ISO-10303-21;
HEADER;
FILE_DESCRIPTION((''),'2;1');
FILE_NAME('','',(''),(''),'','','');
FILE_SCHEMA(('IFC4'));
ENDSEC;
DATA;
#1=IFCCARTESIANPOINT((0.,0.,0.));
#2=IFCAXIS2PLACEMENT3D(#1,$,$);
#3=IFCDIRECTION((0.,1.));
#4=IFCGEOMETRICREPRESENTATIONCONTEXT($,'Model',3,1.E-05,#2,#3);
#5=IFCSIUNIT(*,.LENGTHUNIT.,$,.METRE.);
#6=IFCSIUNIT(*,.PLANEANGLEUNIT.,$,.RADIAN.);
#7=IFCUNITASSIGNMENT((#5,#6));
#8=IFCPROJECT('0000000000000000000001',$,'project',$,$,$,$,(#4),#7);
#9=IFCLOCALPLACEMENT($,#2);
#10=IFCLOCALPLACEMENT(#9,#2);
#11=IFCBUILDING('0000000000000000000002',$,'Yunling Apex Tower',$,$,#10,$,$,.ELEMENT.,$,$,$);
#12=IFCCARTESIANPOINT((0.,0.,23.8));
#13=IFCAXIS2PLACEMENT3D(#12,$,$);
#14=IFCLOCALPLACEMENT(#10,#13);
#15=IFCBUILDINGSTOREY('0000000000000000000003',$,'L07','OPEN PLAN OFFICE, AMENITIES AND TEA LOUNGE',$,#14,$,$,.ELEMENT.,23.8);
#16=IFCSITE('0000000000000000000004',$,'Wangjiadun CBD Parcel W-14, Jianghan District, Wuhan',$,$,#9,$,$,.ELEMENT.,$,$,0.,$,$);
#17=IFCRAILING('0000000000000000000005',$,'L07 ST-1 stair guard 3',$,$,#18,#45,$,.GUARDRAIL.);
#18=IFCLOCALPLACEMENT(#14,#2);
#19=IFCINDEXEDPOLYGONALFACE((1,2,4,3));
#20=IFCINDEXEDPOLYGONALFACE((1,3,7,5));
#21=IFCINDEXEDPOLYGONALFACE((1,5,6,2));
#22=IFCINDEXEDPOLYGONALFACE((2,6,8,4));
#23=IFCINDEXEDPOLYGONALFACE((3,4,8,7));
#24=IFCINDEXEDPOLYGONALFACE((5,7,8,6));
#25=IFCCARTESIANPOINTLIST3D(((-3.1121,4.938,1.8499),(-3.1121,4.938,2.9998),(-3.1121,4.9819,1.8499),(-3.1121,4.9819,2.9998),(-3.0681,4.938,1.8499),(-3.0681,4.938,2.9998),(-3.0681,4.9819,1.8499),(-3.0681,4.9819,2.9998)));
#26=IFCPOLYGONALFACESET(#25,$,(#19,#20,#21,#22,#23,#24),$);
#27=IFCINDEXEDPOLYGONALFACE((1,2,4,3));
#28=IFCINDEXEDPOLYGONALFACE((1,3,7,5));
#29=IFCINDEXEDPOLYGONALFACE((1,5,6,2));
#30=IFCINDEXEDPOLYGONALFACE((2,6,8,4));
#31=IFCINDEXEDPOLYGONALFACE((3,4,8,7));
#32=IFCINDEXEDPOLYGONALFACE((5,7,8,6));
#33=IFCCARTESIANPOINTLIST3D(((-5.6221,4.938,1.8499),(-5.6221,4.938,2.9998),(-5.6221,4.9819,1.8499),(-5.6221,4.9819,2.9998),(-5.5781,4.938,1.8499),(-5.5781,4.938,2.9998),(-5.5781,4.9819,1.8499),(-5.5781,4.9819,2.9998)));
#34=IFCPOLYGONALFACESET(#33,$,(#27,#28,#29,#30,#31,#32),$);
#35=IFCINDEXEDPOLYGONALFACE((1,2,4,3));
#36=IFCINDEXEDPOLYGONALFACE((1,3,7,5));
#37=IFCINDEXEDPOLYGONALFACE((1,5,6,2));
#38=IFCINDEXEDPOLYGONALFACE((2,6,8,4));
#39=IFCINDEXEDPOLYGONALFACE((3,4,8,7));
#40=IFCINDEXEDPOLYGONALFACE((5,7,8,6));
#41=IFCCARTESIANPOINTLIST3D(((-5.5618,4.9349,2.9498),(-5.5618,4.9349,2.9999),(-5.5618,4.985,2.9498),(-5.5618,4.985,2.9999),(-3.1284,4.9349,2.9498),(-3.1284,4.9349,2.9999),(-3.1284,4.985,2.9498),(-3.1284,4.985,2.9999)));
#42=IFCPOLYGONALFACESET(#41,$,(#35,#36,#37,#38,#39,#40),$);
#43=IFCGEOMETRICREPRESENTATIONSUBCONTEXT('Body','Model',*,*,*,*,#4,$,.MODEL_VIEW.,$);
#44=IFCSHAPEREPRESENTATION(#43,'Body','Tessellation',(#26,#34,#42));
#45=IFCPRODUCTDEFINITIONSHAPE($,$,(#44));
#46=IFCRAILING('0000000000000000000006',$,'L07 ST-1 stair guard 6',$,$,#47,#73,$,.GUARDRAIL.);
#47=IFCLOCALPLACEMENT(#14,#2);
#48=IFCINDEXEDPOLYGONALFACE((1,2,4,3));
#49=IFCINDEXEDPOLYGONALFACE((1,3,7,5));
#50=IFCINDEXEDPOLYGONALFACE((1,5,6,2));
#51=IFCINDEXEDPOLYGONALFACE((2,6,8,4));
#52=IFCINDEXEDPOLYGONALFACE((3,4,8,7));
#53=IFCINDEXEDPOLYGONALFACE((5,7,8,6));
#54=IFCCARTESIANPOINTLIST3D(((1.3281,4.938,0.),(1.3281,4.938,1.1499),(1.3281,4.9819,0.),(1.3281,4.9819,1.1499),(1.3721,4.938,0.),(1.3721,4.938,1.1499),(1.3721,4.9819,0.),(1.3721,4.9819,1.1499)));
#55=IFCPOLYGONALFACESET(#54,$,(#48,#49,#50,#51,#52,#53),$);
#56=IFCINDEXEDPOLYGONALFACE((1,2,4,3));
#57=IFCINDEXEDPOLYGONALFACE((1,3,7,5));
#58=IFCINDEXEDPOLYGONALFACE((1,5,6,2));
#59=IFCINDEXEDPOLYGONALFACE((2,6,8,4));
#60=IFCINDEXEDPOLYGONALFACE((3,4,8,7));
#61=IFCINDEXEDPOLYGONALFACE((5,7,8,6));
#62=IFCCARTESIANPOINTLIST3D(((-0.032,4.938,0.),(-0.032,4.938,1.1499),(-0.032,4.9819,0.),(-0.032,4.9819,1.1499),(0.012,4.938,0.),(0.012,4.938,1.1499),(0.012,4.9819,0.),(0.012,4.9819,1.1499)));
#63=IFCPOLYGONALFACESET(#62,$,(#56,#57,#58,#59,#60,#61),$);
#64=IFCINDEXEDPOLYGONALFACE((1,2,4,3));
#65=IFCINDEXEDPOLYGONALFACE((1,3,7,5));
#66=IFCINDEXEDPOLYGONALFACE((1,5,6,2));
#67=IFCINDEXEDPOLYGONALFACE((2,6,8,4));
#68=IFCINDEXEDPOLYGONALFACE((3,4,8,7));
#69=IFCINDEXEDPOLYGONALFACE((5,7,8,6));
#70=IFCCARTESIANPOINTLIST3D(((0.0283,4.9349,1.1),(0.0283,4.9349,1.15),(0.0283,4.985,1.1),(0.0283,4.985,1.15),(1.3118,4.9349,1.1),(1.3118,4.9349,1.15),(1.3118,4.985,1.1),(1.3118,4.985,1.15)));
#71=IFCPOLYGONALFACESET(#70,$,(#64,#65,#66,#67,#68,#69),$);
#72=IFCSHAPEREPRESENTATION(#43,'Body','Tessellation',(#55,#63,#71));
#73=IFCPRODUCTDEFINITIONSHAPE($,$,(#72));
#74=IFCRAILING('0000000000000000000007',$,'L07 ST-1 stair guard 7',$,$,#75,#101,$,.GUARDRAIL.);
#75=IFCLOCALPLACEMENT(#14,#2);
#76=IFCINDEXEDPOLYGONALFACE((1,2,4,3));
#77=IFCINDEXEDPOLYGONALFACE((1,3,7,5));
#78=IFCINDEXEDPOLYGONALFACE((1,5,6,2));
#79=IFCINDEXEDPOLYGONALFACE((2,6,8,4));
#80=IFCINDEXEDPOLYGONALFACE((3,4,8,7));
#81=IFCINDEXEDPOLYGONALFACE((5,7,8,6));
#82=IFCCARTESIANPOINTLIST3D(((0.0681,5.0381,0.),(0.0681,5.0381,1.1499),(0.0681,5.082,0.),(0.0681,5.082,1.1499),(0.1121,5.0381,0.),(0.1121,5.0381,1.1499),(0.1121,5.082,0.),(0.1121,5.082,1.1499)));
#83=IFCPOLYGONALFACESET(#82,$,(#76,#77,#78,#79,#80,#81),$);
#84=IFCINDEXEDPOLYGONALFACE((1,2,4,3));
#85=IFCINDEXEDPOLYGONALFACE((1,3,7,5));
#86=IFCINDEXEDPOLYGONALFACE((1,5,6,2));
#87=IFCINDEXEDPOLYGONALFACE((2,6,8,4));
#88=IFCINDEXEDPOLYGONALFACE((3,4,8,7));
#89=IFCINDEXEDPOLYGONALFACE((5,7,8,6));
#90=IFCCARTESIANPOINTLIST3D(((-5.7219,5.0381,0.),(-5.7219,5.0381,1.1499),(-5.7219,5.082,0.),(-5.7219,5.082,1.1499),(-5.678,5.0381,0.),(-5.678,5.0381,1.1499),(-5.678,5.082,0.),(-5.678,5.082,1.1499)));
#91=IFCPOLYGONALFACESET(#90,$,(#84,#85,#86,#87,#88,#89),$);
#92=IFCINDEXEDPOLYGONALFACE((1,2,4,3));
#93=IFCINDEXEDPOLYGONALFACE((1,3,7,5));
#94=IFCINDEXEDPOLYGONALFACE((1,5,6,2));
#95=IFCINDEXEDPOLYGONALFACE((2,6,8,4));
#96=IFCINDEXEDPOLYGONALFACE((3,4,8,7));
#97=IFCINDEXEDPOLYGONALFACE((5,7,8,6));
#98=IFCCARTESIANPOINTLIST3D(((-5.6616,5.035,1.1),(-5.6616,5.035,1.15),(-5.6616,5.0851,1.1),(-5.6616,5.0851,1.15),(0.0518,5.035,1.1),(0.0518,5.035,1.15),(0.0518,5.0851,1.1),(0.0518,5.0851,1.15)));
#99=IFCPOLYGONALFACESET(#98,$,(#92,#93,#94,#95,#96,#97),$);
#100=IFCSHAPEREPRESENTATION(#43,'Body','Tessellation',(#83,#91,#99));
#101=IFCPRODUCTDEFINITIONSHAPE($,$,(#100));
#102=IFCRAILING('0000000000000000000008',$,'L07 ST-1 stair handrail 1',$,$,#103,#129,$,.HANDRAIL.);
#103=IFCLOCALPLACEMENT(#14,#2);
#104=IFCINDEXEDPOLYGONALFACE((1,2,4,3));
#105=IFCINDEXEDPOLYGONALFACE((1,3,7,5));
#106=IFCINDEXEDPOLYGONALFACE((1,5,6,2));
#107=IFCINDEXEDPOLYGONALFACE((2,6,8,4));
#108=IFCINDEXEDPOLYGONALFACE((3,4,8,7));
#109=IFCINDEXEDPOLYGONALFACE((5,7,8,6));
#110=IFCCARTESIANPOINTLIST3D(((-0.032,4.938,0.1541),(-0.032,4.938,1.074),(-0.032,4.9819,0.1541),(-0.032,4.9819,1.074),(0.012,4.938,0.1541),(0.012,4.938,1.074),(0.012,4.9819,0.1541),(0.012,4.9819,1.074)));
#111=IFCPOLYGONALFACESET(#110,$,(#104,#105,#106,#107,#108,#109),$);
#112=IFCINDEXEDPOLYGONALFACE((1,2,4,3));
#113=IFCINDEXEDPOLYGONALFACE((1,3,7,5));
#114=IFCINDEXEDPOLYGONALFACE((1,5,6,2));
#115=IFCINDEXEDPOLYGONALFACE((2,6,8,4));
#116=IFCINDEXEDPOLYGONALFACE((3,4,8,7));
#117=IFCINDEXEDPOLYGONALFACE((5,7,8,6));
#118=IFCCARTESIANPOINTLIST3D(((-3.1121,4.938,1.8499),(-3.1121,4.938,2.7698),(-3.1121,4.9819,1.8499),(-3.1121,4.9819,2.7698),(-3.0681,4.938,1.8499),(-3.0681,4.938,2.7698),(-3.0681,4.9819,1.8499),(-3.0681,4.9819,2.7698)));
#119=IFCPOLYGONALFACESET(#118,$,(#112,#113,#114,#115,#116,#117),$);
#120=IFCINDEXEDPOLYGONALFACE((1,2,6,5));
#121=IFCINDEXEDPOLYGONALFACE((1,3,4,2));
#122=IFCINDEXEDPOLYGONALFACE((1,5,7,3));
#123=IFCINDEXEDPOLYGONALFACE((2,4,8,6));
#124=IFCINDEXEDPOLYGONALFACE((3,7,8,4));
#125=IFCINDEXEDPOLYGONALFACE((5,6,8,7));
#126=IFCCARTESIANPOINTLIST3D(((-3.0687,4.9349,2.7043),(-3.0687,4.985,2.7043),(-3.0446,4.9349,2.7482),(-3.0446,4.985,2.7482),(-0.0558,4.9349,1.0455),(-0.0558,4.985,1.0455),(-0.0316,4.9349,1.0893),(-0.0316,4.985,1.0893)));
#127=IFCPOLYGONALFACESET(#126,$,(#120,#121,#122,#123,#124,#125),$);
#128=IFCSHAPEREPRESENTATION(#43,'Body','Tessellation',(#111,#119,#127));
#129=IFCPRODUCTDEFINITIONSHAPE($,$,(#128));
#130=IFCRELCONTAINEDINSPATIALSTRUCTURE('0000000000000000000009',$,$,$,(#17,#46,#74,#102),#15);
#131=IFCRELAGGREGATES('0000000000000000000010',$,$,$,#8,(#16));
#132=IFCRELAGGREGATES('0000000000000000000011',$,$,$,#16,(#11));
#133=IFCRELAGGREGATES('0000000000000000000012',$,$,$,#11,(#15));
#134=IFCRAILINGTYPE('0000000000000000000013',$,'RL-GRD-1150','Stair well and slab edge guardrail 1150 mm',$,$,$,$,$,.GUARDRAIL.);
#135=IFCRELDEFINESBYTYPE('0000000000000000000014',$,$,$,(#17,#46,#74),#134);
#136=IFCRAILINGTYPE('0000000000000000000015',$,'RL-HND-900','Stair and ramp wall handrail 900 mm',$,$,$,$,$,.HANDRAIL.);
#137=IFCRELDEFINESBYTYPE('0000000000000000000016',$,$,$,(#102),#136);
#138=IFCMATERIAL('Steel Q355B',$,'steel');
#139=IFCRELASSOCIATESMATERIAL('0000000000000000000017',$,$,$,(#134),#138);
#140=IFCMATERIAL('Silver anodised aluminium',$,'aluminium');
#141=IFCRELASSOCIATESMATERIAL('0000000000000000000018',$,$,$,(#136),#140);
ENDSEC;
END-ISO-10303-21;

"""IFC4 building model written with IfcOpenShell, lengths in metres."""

from ifc_helpers import new_model, si_unit, direction, frame, origin, origin_2d, place, context, subcontext, project, spatial, rectangle, extrude, material, type_object, element, save


model = new_model("IFC4")

# Units and contexts
model_context = context("Model", 3, precision=1e-05, world=origin(), true_north=direction((0.0, 1.0)))
body_context = subcontext(model_context, "Body", "Model", "MODEL_VIEW")
ifc_project = project(units=[si_unit("LENGTHUNIT", "METRE"), si_unit("PLANEANGLEUNIT", "RADIAN")], contexts=[model_context])

# Site, building, storey
site_placement = place(None, origin())
site = spatial("IfcSite", under=ifc_project, at=site_placement, Name="Wangjiadun CBD Parcel W-14, Jianghan District, Wuhan", CompositionType="ELEMENT", RefElevation=0.0)
building_placement = place(site_placement, origin())
building = spatial("IfcBuilding", under=site, at=building_placement, Name="Yunling Apex Tower", CompositionType="ELEMENT")
storey_placement = place(building_placement, frame((0.0, 0.0, 23.8)))
storey = spatial("IfcBuildingStorey", under=building, at=storey_placement, Name="L07", Description="OPEN PLAN OFFICE, AMENITIES AND TEA LOUNGE", CompositionType="ELEMENT", Elevation=23.8)

# Shared definitions
ifc_material_1 = material(Name="Steel Q355B", Category="steel")

# Railings
railing_type_1 = type_object("IfcRailingType", Name="RL-GRD-1150", Description="Stair well and slab edge guardrail 1150 mm", PredefinedType="GUARDRAIL", material=ifc_material_1)
railing_1_placement = place(storey_placement, frame((-3.0901, 4.96, 1.8499)))
element("IfcRailing", 1, at=railing_1_placement, inside=storey, type_object=railing_type_1, Name="L07 ST-1 stair guard 3", PredefinedType="GUARDRAIL", context=body_context, shape_type="SweptSolid", body=[
    extrude(rectangle(XDim=0.0439, YDim=0.0439, at=origin_2d()), origin(), (0.0, 0.0, 1.0), 1.1499),
    extrude(rectangle(XDim=0.0439, YDim=0.0439, at=origin_2d()), frame((-2.51, 0.0, 0.0)), (0.0, 0.0, 1.0), 1.1499),
    extrude(rectangle(XDim=0.05, YDim=0.05, at=origin_2d()), frame((-0.0383, 0.0, 1.125), z_axis=(-1.0, 0.0, 0.0), x_axis=(0.0, -1.0, 0.0)), (0.0, 0.0, 1.0), 2.4333),
])
railing_2_placement = place(storey_placement, frame((1.3501, 4.96, 0.0)))
element("IfcRailing", 2, at=railing_2_placement, inside=storey, type_object=railing_type_1, Name="L07 ST-1 stair guard 6", PredefinedType="GUARDRAIL", context=body_context, shape_type="SweptSolid", body=[
    extrude(rectangle(XDim=0.0439, YDim=0.0439, at=origin_2d()), origin(), (0.0, 0.0, 1.0), 1.1499),
    extrude(rectangle(XDim=0.0439, YDim=0.0439, at=origin_2d()), frame((-1.3601, 0.0, 0.0)), (0.0, 0.0, 1.0), 1.1499),
    extrude(rectangle(XDim=0.05, YDim=0.05, at=origin_2d()), frame((-0.0383, 0.0, 1.125), z_axis=(-1.0, 0.0, 0.0), x_axis=(0.0, -1.0, 0.0)), (0.0, 0.0, 1.0), 1.2834),
])
railing_3_placement = place(storey_placement, frame((0.0901, 5.0601, 0.0)))
element("IfcRailing", 3, at=railing_3_placement, inside=storey, type_object=railing_type_1, Name="L07 ST-1 stair guard 7", PredefinedType="GUARDRAIL", context=body_context, shape_type="SweptSolid", body=[
    extrude(rectangle(XDim=0.0439, YDim=0.0439, at=origin_2d()), origin(), (0.0, 0.0, 1.0), 1.1499),
    extrude(rectangle(XDim=0.0439, YDim=0.0439, at=origin_2d()), frame((-5.79, 0.0, 0.0)), (0.0, 0.0, 1.0), 1.1499),
    extrude(rectangle(XDim=0.05, YDim=0.05, at=origin_2d()), frame((-0.0383, 0.0, 1.125), z_axis=(-1.0, 0.0, 0.0), x_axis=(0.0, -1.0, 0.0)), (0.0, 0.0, 1.0), 5.7134),
])
ifc_material_2 = material(Name="Silver anodised aluminium", Category="aluminium")
railing_type_2 = type_object("IfcRailingType", Name="RL-HND-900", Description="Stair and ramp wall handrail 900 mm", PredefinedType="HANDRAIL", material=ifc_material_2)
railing_4_placement = place(storey_placement, frame((-0.01, 4.96, 0.1541)))
element("IfcRailing", 4, at=railing_4_placement, inside=storey, type_object=railing_type_2, Name="L07 ST-1 stair handrail 1", PredefinedType="HANDRAIL", context=body_context, shape_type="SweptSolid", body=[
    extrude(rectangle(XDim=0.0439, YDim=0.0439, at=origin_2d()), origin(), (0.0, 0.0, 1.0), 0.9199),
    extrude(rectangle(XDim=0.0439, YDim=0.0439, at=origin_2d()), frame((-3.0801, 0.0, 1.6958)), (0.0, 0.0, 1.0), 0.9199),
    extrude(rectangle(XDim=0.05, YDim=0.05, at=origin_2d()), frame((-0.0337, 0.0, 0.9133), z_axis=(-0.876005, 0.0, 0.482303), x_axis=(0.0, -1.0, 0.0)), (0.0, 0.0, 1.0), 3.4395),
])

save(model, "model.ifc")
